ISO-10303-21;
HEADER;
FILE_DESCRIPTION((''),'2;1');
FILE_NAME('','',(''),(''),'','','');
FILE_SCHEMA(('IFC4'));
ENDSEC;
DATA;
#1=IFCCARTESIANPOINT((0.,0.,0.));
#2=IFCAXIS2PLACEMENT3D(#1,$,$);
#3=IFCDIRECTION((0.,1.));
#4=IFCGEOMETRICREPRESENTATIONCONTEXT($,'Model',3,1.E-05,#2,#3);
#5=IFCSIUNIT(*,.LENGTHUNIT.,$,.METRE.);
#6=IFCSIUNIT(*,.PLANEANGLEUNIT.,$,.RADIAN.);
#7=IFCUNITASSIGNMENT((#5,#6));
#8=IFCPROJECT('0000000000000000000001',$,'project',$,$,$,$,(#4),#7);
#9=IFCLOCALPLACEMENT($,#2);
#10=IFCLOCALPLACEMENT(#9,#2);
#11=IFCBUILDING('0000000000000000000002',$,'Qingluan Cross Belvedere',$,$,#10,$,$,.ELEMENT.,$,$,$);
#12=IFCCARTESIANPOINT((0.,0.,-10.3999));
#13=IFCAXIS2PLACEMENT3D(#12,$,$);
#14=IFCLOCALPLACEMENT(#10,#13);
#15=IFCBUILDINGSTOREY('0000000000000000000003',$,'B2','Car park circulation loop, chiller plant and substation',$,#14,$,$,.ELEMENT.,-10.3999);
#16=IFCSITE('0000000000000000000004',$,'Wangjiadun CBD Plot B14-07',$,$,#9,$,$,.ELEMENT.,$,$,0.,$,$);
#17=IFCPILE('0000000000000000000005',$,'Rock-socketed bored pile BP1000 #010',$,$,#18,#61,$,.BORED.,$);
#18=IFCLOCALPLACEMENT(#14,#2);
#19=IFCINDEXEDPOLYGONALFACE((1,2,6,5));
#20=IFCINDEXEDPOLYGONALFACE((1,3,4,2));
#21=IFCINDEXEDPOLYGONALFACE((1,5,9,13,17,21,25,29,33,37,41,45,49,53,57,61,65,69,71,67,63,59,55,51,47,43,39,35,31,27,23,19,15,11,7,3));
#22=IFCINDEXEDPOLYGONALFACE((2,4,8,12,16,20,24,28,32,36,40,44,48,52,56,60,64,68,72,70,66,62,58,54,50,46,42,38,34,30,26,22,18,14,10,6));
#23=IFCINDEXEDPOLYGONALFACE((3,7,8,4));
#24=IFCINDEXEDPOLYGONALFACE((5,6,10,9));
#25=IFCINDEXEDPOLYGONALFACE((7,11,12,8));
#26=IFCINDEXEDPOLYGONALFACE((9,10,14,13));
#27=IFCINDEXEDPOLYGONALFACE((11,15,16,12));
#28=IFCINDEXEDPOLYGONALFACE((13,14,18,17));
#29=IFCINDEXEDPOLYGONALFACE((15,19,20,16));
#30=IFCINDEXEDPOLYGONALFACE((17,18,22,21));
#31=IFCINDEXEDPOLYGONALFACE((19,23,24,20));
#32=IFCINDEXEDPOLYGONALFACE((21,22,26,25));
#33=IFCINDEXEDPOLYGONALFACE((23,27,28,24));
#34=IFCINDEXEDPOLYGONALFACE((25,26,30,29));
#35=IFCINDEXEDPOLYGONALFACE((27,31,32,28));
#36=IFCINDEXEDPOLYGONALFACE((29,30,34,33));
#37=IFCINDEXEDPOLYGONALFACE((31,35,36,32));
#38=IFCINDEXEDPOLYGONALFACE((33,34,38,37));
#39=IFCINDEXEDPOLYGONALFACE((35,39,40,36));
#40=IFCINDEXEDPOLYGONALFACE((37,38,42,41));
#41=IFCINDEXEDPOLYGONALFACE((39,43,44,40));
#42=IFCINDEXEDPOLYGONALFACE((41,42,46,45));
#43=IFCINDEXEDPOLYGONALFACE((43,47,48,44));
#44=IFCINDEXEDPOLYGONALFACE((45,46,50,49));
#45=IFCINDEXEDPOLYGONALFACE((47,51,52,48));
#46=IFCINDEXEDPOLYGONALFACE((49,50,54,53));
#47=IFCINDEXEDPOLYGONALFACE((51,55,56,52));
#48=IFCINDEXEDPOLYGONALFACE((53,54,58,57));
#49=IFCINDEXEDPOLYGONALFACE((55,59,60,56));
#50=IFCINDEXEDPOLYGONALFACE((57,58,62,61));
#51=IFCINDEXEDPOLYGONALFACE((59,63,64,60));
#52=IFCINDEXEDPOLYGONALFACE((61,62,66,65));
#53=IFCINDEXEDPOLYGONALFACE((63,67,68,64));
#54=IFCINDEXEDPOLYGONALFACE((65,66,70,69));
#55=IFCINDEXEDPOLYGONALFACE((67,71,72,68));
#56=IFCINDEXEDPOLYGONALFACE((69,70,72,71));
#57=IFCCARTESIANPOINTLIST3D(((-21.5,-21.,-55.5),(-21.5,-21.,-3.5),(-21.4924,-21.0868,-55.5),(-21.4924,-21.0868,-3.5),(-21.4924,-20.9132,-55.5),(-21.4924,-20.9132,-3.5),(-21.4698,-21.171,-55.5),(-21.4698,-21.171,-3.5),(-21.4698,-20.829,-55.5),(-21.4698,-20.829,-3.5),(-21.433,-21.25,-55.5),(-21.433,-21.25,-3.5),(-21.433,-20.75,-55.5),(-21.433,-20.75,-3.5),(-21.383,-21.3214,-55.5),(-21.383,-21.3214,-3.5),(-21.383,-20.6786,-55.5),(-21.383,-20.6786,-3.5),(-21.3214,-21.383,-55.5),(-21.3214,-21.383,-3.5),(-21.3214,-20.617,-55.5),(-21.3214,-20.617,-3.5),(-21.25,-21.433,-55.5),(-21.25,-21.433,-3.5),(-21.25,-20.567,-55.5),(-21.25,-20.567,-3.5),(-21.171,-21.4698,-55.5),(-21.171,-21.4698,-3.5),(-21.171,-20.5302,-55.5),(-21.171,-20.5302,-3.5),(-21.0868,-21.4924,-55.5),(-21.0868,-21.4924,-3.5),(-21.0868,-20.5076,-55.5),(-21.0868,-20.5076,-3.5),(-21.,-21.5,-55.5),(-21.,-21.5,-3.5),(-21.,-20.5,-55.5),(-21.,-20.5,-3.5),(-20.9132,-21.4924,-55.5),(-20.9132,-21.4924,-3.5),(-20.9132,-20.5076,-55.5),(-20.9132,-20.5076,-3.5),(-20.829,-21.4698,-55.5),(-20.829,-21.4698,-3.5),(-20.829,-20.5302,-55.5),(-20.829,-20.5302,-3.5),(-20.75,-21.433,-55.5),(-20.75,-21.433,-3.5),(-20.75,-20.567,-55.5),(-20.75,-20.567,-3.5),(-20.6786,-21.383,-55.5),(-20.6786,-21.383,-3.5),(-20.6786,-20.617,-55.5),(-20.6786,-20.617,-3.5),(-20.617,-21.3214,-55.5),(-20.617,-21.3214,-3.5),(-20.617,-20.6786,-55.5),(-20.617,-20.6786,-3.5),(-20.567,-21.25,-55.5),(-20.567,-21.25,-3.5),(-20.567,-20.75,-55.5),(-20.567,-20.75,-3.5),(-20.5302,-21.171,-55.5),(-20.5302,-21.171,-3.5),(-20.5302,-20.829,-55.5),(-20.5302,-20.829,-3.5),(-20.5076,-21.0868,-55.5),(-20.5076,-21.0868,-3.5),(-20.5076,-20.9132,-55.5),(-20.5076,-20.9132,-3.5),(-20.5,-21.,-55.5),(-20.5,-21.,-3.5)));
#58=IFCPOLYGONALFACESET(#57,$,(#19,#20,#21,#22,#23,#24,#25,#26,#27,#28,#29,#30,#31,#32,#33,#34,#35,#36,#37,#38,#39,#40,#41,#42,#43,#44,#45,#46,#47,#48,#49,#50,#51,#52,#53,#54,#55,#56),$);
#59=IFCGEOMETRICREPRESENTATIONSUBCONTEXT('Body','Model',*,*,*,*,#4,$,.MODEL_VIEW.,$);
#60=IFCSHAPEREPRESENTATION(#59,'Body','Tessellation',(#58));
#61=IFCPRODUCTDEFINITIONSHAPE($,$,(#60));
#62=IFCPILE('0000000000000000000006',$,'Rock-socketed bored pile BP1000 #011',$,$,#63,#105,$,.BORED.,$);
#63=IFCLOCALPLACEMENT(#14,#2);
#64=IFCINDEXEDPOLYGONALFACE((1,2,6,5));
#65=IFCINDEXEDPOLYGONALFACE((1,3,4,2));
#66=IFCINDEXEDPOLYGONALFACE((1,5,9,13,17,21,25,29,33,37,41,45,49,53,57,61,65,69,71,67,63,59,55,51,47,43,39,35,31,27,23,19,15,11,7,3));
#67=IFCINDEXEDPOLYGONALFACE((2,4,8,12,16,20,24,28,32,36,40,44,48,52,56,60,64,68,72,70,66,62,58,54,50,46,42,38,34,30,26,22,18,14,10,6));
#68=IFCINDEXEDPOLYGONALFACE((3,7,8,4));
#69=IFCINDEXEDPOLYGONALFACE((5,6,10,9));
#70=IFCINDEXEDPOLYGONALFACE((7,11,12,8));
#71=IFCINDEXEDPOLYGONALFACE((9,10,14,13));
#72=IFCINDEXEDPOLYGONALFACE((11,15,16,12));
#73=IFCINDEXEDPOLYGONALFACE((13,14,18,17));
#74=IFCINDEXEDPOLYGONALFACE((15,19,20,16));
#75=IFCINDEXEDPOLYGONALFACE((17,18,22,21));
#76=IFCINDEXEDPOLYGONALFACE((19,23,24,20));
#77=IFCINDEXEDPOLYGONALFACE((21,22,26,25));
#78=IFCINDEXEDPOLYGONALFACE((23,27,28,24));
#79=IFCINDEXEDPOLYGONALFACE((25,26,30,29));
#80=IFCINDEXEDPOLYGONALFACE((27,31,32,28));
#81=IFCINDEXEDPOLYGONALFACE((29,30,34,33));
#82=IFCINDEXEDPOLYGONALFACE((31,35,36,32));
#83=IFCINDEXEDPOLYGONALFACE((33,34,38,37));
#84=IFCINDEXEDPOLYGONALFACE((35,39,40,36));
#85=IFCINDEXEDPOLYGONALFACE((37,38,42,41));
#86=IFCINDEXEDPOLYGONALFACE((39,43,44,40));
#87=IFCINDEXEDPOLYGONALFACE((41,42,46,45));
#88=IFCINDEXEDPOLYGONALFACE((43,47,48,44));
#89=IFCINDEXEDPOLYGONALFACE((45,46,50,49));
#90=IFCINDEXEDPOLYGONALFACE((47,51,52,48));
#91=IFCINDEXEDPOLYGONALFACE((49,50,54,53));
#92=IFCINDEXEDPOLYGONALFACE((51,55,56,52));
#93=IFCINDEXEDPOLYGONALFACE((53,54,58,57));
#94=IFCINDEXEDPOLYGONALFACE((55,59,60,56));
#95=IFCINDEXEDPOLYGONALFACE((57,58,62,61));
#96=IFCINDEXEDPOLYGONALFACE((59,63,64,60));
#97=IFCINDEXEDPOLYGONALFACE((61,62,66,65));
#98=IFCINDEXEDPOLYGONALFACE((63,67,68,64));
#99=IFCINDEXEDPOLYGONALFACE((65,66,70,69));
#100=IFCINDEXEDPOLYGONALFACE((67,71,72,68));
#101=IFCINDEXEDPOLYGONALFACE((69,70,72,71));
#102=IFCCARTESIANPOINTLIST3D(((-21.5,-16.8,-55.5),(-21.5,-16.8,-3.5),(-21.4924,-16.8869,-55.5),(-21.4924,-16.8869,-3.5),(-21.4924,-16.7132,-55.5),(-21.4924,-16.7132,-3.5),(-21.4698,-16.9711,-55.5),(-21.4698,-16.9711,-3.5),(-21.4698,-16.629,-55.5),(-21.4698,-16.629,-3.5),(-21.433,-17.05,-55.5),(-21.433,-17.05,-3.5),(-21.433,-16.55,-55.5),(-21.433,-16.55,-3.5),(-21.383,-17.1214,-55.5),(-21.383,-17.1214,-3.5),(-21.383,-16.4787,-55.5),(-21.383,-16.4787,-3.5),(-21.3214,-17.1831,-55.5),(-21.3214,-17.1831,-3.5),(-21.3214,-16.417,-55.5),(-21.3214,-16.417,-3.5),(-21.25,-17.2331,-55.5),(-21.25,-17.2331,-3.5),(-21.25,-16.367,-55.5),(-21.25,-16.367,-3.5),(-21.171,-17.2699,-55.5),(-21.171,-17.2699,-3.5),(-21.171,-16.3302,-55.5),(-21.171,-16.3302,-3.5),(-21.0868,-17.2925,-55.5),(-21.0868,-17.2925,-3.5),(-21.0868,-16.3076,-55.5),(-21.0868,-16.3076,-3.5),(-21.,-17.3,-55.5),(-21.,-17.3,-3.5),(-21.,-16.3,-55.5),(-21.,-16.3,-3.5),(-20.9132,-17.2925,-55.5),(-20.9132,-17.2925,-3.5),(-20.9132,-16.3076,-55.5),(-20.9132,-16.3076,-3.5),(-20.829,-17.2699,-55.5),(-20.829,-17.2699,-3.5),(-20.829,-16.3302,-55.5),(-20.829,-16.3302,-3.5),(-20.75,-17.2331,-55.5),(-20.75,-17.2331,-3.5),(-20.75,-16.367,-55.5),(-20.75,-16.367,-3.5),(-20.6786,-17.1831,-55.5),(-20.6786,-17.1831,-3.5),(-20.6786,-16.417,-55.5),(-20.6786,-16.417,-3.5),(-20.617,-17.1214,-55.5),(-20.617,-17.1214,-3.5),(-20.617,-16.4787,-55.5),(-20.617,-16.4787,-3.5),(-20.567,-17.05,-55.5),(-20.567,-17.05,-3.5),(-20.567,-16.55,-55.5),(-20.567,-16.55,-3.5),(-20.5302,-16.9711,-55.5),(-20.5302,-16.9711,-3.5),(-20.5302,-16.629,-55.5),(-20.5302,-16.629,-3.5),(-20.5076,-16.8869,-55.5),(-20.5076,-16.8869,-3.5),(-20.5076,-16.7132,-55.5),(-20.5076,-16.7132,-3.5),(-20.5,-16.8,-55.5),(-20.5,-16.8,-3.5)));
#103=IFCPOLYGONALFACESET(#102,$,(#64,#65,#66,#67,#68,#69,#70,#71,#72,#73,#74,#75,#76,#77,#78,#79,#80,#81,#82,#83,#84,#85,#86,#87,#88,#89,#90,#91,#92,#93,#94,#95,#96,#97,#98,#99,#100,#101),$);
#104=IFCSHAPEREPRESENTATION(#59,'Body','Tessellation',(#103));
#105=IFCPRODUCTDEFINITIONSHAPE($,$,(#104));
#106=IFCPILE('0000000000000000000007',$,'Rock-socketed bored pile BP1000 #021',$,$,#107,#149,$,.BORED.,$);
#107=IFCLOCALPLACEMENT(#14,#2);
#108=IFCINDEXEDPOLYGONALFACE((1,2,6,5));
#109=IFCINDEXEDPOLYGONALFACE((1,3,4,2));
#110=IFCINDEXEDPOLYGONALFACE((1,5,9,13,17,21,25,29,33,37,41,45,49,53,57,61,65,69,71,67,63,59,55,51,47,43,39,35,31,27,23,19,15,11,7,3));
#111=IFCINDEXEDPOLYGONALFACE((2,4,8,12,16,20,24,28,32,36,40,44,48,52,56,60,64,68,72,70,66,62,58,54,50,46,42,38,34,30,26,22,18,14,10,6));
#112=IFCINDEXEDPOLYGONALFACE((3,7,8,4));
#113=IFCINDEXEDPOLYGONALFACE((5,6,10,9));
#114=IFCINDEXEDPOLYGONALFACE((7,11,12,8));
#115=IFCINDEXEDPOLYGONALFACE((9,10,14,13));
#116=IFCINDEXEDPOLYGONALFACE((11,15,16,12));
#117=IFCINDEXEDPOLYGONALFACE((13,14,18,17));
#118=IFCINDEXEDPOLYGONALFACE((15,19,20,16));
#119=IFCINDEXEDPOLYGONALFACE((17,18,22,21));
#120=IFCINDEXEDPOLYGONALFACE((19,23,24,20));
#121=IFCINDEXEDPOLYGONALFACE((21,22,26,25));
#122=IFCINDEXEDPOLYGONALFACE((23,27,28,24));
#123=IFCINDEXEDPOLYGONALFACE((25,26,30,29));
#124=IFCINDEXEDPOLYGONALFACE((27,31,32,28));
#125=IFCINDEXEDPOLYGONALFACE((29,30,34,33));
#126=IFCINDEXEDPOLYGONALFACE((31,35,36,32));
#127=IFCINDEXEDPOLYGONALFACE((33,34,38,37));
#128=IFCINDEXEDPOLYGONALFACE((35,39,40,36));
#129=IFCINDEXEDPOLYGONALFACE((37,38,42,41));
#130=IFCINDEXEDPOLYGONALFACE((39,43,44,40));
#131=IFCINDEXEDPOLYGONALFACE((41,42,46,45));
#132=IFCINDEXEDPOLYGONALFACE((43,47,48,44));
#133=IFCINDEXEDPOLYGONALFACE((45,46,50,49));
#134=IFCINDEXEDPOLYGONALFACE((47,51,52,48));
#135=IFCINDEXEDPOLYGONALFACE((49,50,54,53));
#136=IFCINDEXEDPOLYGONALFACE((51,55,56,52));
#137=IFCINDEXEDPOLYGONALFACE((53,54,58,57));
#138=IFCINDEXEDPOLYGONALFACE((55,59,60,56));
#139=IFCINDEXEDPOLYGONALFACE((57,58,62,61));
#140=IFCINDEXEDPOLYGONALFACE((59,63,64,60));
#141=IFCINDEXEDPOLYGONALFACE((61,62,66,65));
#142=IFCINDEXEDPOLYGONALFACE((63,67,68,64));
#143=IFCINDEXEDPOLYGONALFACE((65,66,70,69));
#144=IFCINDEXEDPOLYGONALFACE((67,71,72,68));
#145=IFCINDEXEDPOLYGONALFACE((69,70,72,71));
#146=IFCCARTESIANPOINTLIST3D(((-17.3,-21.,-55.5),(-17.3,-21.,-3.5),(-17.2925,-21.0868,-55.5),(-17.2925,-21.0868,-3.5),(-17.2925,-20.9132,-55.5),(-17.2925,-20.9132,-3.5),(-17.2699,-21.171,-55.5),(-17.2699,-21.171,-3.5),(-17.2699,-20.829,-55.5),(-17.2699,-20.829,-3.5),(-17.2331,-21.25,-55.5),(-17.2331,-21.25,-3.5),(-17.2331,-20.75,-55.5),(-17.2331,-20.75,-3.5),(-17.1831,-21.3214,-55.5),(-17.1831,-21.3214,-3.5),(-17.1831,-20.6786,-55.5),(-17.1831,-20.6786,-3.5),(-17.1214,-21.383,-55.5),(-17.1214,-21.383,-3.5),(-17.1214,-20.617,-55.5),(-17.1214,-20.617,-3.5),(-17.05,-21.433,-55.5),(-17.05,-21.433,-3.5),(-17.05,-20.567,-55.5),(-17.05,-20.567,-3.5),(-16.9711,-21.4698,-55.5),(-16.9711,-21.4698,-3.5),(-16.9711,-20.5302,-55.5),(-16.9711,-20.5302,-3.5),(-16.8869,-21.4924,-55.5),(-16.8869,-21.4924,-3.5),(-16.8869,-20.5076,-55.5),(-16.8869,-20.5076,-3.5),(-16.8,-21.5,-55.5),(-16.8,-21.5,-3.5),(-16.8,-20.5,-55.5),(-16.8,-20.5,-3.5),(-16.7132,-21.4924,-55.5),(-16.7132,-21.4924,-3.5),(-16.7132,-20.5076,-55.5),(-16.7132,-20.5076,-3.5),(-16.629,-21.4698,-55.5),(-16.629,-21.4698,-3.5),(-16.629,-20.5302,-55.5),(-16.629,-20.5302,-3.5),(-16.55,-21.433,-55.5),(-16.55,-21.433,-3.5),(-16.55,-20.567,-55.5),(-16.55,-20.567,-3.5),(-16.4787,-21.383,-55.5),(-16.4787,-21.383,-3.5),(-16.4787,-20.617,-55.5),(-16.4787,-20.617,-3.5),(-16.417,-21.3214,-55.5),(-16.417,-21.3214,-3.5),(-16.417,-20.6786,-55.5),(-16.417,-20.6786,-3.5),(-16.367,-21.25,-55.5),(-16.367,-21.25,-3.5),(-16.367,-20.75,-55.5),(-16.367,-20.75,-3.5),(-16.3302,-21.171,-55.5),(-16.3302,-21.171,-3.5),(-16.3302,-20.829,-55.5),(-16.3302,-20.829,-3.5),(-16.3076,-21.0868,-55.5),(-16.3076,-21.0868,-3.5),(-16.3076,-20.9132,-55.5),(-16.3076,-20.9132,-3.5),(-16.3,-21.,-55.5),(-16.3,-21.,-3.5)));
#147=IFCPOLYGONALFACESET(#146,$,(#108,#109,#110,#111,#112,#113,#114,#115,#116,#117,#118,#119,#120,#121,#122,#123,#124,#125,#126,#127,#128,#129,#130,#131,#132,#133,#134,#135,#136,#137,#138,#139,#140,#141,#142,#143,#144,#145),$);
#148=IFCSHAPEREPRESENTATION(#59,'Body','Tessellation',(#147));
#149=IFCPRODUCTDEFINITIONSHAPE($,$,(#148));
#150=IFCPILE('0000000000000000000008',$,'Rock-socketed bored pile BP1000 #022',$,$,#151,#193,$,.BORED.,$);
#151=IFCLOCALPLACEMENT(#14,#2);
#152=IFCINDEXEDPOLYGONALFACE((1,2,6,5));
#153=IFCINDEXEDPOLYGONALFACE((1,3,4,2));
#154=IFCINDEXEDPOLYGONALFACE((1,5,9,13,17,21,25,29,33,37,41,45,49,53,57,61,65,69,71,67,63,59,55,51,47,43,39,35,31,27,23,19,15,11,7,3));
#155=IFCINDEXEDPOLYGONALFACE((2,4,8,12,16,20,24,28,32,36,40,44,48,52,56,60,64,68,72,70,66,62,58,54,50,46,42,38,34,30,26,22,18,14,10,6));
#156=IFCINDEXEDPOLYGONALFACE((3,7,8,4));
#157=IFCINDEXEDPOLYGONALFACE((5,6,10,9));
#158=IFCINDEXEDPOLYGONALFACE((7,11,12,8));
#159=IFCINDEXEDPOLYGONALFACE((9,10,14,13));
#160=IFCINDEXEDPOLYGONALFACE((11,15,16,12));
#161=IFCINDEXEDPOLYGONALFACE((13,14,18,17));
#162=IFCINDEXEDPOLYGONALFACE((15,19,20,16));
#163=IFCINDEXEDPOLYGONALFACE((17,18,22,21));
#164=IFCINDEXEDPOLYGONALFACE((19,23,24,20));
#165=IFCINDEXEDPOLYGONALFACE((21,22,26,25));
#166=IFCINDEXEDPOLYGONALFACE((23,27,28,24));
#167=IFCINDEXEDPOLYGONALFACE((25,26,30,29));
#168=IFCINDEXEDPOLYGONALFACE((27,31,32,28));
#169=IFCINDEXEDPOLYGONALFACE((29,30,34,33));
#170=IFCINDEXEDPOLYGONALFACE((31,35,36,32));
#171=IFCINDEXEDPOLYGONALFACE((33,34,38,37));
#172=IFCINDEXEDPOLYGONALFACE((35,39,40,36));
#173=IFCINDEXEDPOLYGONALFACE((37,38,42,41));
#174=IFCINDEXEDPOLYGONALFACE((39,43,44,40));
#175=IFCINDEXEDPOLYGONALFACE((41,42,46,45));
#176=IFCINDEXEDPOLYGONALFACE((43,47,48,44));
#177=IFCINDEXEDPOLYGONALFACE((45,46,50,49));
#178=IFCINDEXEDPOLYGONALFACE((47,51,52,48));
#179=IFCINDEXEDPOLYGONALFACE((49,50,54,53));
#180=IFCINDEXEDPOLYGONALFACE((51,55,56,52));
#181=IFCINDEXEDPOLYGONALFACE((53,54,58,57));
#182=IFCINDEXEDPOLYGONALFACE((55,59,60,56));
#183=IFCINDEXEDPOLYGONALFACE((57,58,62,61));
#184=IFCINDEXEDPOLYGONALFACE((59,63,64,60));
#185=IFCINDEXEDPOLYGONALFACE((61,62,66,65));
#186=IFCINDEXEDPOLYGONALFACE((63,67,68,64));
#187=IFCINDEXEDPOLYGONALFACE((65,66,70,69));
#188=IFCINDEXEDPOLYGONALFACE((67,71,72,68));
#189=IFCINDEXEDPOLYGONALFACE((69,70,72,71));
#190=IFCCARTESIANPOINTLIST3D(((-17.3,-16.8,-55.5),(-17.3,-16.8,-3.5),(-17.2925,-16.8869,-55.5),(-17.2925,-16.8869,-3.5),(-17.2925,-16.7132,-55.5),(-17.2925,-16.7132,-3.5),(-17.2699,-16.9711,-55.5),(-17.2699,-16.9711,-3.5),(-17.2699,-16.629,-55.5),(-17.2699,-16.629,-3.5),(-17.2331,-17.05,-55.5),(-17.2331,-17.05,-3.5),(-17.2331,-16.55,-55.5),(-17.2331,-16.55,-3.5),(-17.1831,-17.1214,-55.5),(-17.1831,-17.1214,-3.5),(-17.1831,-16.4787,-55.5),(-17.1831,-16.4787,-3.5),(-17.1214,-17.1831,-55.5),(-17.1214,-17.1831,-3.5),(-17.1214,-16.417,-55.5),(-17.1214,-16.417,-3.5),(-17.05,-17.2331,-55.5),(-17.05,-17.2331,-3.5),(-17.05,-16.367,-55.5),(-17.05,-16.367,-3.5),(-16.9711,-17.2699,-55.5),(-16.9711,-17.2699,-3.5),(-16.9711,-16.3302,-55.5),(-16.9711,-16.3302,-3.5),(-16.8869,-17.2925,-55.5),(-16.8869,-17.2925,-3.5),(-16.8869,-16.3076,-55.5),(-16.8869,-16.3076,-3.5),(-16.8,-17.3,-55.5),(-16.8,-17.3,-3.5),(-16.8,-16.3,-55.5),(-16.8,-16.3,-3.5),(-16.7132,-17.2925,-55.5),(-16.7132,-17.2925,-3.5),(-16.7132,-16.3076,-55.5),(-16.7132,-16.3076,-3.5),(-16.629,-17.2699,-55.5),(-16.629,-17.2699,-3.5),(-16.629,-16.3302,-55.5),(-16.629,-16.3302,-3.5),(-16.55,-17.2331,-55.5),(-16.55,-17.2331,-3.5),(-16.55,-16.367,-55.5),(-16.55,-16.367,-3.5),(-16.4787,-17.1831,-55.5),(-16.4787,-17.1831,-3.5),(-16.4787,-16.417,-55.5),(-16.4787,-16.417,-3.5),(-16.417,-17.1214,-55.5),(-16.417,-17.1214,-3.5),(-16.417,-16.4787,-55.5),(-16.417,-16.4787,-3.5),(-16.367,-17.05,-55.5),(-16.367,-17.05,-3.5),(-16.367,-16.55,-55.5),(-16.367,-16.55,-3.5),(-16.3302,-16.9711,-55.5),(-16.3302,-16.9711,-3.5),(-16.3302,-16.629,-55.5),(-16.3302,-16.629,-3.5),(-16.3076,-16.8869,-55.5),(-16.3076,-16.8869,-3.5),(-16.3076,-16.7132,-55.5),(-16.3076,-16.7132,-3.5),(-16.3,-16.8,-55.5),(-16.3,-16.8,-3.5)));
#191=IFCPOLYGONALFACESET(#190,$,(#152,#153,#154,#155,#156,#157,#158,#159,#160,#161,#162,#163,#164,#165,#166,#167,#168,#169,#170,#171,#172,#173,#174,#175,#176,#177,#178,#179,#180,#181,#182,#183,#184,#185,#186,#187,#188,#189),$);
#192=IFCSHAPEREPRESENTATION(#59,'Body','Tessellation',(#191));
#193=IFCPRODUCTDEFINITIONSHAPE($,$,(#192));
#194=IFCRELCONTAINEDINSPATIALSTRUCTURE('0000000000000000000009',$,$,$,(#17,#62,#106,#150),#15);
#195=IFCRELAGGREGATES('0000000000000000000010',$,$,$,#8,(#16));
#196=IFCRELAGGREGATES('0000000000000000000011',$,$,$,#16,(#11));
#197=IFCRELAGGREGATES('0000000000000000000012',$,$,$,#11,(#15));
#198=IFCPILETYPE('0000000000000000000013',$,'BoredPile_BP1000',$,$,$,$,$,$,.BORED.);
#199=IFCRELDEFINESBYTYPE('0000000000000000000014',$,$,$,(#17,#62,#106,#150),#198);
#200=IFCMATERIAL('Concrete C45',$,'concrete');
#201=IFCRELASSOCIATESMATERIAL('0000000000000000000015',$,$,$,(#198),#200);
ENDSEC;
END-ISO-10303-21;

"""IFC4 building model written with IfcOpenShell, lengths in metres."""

from ifc_helpers import new_model, si_unit, direction, frame, origin, origin_2d, place, context, subcontext, project, spatial, circle, extrude, material, material_profile, profile_set, type_object, element, save


model = new_model("IFC4")

# Units and contexts
model_context = context("Model", 3, precision=1e-05, world=origin(), true_north=direction((0.0, 1.0)))
body_context = subcontext(model_context, "Body", "Model", "MODEL_VIEW")
ifc_project = project(units=[si_unit("LENGTHUNIT", "METRE"), si_unit("PLANEANGLEUNIT", "RADIAN")], contexts=[model_context])

# Site, building, storey
site_placement = place(None, origin())
site = spatial("IfcSite", under=ifc_project, at=site_placement, Name="Wangjiadun CBD Plot B14-07", CompositionType="ELEMENT", RefElevation=0.0)
building_placement = place(site_placement, origin())
building = spatial("IfcBuilding", under=site, at=building_placement, Name="Qingluan Cross Belvedere", CompositionType="ELEMENT")
storey_placement = place(building_placement, frame((0.0, 0.0, -10.3999)))
storey = spatial("IfcBuildingStorey", under=building, at=storey_placement, Name="B2", Description="Car park circulation loop, chiller plant and substation", CompositionType="ELEMENT", Elevation=-10.3999)

# Piles
ifc_material_1 = material(Name="Concrete C45", Category="concrete")
ifc_material_profile_1 = material_profile(ifc_material_1, circle(Radius=0.5, at=origin_2d()), Name="BP1000")
ifc_profile_set_1 = profile_set([ifc_material_profile_1], Name="Concrete C45")
pile_type_1 = type_object("IfcPileType", Name="BoredPile_BP1000", PredefinedType="BORED", material=ifc_profile_set_1)
for number, where, z_axis, x_axis, name in (
    (1, (-21.0, -21.0, -3.5), (0.0, 0.0, -1.0), (1.0, 0.0, 0.0), "Rock-socketed bored pile BP1000 #010"),
    (2, (-21.0, -16.8, -3.5), (0.0, 0.0, -1.0), (1.0, 0.0, 0.0), "Rock-socketed bored pile BP1000 #011"),
    (3, (-16.8, -21.0, -3.5), (0.0, 0.0, -1.0), (1.0, 0.0, 0.0), "Rock-socketed bored pile BP1000 #021"),
    (4, (-16.8, -16.8, -3.5), (0.0, 0.0, -1.0), (1.0, 0.0, 0.0), "Rock-socketed bored pile BP1000 #022"),
):
    element("IfcPile", number, at=place(storey_placement, frame(where, z_axis=z_axis, x_axis=x_axis)), inside=storey, type_object=pile_type_1, Name=name, PredefinedType="BORED", context=body_context, shape_type="SweptSolid", body=[
        extrude(circle(Radius=0.5, at=origin_2d()), origin(), (0.0, 0.0, 1.0), 52.0),
    ])

save(model, "model.ifc")
